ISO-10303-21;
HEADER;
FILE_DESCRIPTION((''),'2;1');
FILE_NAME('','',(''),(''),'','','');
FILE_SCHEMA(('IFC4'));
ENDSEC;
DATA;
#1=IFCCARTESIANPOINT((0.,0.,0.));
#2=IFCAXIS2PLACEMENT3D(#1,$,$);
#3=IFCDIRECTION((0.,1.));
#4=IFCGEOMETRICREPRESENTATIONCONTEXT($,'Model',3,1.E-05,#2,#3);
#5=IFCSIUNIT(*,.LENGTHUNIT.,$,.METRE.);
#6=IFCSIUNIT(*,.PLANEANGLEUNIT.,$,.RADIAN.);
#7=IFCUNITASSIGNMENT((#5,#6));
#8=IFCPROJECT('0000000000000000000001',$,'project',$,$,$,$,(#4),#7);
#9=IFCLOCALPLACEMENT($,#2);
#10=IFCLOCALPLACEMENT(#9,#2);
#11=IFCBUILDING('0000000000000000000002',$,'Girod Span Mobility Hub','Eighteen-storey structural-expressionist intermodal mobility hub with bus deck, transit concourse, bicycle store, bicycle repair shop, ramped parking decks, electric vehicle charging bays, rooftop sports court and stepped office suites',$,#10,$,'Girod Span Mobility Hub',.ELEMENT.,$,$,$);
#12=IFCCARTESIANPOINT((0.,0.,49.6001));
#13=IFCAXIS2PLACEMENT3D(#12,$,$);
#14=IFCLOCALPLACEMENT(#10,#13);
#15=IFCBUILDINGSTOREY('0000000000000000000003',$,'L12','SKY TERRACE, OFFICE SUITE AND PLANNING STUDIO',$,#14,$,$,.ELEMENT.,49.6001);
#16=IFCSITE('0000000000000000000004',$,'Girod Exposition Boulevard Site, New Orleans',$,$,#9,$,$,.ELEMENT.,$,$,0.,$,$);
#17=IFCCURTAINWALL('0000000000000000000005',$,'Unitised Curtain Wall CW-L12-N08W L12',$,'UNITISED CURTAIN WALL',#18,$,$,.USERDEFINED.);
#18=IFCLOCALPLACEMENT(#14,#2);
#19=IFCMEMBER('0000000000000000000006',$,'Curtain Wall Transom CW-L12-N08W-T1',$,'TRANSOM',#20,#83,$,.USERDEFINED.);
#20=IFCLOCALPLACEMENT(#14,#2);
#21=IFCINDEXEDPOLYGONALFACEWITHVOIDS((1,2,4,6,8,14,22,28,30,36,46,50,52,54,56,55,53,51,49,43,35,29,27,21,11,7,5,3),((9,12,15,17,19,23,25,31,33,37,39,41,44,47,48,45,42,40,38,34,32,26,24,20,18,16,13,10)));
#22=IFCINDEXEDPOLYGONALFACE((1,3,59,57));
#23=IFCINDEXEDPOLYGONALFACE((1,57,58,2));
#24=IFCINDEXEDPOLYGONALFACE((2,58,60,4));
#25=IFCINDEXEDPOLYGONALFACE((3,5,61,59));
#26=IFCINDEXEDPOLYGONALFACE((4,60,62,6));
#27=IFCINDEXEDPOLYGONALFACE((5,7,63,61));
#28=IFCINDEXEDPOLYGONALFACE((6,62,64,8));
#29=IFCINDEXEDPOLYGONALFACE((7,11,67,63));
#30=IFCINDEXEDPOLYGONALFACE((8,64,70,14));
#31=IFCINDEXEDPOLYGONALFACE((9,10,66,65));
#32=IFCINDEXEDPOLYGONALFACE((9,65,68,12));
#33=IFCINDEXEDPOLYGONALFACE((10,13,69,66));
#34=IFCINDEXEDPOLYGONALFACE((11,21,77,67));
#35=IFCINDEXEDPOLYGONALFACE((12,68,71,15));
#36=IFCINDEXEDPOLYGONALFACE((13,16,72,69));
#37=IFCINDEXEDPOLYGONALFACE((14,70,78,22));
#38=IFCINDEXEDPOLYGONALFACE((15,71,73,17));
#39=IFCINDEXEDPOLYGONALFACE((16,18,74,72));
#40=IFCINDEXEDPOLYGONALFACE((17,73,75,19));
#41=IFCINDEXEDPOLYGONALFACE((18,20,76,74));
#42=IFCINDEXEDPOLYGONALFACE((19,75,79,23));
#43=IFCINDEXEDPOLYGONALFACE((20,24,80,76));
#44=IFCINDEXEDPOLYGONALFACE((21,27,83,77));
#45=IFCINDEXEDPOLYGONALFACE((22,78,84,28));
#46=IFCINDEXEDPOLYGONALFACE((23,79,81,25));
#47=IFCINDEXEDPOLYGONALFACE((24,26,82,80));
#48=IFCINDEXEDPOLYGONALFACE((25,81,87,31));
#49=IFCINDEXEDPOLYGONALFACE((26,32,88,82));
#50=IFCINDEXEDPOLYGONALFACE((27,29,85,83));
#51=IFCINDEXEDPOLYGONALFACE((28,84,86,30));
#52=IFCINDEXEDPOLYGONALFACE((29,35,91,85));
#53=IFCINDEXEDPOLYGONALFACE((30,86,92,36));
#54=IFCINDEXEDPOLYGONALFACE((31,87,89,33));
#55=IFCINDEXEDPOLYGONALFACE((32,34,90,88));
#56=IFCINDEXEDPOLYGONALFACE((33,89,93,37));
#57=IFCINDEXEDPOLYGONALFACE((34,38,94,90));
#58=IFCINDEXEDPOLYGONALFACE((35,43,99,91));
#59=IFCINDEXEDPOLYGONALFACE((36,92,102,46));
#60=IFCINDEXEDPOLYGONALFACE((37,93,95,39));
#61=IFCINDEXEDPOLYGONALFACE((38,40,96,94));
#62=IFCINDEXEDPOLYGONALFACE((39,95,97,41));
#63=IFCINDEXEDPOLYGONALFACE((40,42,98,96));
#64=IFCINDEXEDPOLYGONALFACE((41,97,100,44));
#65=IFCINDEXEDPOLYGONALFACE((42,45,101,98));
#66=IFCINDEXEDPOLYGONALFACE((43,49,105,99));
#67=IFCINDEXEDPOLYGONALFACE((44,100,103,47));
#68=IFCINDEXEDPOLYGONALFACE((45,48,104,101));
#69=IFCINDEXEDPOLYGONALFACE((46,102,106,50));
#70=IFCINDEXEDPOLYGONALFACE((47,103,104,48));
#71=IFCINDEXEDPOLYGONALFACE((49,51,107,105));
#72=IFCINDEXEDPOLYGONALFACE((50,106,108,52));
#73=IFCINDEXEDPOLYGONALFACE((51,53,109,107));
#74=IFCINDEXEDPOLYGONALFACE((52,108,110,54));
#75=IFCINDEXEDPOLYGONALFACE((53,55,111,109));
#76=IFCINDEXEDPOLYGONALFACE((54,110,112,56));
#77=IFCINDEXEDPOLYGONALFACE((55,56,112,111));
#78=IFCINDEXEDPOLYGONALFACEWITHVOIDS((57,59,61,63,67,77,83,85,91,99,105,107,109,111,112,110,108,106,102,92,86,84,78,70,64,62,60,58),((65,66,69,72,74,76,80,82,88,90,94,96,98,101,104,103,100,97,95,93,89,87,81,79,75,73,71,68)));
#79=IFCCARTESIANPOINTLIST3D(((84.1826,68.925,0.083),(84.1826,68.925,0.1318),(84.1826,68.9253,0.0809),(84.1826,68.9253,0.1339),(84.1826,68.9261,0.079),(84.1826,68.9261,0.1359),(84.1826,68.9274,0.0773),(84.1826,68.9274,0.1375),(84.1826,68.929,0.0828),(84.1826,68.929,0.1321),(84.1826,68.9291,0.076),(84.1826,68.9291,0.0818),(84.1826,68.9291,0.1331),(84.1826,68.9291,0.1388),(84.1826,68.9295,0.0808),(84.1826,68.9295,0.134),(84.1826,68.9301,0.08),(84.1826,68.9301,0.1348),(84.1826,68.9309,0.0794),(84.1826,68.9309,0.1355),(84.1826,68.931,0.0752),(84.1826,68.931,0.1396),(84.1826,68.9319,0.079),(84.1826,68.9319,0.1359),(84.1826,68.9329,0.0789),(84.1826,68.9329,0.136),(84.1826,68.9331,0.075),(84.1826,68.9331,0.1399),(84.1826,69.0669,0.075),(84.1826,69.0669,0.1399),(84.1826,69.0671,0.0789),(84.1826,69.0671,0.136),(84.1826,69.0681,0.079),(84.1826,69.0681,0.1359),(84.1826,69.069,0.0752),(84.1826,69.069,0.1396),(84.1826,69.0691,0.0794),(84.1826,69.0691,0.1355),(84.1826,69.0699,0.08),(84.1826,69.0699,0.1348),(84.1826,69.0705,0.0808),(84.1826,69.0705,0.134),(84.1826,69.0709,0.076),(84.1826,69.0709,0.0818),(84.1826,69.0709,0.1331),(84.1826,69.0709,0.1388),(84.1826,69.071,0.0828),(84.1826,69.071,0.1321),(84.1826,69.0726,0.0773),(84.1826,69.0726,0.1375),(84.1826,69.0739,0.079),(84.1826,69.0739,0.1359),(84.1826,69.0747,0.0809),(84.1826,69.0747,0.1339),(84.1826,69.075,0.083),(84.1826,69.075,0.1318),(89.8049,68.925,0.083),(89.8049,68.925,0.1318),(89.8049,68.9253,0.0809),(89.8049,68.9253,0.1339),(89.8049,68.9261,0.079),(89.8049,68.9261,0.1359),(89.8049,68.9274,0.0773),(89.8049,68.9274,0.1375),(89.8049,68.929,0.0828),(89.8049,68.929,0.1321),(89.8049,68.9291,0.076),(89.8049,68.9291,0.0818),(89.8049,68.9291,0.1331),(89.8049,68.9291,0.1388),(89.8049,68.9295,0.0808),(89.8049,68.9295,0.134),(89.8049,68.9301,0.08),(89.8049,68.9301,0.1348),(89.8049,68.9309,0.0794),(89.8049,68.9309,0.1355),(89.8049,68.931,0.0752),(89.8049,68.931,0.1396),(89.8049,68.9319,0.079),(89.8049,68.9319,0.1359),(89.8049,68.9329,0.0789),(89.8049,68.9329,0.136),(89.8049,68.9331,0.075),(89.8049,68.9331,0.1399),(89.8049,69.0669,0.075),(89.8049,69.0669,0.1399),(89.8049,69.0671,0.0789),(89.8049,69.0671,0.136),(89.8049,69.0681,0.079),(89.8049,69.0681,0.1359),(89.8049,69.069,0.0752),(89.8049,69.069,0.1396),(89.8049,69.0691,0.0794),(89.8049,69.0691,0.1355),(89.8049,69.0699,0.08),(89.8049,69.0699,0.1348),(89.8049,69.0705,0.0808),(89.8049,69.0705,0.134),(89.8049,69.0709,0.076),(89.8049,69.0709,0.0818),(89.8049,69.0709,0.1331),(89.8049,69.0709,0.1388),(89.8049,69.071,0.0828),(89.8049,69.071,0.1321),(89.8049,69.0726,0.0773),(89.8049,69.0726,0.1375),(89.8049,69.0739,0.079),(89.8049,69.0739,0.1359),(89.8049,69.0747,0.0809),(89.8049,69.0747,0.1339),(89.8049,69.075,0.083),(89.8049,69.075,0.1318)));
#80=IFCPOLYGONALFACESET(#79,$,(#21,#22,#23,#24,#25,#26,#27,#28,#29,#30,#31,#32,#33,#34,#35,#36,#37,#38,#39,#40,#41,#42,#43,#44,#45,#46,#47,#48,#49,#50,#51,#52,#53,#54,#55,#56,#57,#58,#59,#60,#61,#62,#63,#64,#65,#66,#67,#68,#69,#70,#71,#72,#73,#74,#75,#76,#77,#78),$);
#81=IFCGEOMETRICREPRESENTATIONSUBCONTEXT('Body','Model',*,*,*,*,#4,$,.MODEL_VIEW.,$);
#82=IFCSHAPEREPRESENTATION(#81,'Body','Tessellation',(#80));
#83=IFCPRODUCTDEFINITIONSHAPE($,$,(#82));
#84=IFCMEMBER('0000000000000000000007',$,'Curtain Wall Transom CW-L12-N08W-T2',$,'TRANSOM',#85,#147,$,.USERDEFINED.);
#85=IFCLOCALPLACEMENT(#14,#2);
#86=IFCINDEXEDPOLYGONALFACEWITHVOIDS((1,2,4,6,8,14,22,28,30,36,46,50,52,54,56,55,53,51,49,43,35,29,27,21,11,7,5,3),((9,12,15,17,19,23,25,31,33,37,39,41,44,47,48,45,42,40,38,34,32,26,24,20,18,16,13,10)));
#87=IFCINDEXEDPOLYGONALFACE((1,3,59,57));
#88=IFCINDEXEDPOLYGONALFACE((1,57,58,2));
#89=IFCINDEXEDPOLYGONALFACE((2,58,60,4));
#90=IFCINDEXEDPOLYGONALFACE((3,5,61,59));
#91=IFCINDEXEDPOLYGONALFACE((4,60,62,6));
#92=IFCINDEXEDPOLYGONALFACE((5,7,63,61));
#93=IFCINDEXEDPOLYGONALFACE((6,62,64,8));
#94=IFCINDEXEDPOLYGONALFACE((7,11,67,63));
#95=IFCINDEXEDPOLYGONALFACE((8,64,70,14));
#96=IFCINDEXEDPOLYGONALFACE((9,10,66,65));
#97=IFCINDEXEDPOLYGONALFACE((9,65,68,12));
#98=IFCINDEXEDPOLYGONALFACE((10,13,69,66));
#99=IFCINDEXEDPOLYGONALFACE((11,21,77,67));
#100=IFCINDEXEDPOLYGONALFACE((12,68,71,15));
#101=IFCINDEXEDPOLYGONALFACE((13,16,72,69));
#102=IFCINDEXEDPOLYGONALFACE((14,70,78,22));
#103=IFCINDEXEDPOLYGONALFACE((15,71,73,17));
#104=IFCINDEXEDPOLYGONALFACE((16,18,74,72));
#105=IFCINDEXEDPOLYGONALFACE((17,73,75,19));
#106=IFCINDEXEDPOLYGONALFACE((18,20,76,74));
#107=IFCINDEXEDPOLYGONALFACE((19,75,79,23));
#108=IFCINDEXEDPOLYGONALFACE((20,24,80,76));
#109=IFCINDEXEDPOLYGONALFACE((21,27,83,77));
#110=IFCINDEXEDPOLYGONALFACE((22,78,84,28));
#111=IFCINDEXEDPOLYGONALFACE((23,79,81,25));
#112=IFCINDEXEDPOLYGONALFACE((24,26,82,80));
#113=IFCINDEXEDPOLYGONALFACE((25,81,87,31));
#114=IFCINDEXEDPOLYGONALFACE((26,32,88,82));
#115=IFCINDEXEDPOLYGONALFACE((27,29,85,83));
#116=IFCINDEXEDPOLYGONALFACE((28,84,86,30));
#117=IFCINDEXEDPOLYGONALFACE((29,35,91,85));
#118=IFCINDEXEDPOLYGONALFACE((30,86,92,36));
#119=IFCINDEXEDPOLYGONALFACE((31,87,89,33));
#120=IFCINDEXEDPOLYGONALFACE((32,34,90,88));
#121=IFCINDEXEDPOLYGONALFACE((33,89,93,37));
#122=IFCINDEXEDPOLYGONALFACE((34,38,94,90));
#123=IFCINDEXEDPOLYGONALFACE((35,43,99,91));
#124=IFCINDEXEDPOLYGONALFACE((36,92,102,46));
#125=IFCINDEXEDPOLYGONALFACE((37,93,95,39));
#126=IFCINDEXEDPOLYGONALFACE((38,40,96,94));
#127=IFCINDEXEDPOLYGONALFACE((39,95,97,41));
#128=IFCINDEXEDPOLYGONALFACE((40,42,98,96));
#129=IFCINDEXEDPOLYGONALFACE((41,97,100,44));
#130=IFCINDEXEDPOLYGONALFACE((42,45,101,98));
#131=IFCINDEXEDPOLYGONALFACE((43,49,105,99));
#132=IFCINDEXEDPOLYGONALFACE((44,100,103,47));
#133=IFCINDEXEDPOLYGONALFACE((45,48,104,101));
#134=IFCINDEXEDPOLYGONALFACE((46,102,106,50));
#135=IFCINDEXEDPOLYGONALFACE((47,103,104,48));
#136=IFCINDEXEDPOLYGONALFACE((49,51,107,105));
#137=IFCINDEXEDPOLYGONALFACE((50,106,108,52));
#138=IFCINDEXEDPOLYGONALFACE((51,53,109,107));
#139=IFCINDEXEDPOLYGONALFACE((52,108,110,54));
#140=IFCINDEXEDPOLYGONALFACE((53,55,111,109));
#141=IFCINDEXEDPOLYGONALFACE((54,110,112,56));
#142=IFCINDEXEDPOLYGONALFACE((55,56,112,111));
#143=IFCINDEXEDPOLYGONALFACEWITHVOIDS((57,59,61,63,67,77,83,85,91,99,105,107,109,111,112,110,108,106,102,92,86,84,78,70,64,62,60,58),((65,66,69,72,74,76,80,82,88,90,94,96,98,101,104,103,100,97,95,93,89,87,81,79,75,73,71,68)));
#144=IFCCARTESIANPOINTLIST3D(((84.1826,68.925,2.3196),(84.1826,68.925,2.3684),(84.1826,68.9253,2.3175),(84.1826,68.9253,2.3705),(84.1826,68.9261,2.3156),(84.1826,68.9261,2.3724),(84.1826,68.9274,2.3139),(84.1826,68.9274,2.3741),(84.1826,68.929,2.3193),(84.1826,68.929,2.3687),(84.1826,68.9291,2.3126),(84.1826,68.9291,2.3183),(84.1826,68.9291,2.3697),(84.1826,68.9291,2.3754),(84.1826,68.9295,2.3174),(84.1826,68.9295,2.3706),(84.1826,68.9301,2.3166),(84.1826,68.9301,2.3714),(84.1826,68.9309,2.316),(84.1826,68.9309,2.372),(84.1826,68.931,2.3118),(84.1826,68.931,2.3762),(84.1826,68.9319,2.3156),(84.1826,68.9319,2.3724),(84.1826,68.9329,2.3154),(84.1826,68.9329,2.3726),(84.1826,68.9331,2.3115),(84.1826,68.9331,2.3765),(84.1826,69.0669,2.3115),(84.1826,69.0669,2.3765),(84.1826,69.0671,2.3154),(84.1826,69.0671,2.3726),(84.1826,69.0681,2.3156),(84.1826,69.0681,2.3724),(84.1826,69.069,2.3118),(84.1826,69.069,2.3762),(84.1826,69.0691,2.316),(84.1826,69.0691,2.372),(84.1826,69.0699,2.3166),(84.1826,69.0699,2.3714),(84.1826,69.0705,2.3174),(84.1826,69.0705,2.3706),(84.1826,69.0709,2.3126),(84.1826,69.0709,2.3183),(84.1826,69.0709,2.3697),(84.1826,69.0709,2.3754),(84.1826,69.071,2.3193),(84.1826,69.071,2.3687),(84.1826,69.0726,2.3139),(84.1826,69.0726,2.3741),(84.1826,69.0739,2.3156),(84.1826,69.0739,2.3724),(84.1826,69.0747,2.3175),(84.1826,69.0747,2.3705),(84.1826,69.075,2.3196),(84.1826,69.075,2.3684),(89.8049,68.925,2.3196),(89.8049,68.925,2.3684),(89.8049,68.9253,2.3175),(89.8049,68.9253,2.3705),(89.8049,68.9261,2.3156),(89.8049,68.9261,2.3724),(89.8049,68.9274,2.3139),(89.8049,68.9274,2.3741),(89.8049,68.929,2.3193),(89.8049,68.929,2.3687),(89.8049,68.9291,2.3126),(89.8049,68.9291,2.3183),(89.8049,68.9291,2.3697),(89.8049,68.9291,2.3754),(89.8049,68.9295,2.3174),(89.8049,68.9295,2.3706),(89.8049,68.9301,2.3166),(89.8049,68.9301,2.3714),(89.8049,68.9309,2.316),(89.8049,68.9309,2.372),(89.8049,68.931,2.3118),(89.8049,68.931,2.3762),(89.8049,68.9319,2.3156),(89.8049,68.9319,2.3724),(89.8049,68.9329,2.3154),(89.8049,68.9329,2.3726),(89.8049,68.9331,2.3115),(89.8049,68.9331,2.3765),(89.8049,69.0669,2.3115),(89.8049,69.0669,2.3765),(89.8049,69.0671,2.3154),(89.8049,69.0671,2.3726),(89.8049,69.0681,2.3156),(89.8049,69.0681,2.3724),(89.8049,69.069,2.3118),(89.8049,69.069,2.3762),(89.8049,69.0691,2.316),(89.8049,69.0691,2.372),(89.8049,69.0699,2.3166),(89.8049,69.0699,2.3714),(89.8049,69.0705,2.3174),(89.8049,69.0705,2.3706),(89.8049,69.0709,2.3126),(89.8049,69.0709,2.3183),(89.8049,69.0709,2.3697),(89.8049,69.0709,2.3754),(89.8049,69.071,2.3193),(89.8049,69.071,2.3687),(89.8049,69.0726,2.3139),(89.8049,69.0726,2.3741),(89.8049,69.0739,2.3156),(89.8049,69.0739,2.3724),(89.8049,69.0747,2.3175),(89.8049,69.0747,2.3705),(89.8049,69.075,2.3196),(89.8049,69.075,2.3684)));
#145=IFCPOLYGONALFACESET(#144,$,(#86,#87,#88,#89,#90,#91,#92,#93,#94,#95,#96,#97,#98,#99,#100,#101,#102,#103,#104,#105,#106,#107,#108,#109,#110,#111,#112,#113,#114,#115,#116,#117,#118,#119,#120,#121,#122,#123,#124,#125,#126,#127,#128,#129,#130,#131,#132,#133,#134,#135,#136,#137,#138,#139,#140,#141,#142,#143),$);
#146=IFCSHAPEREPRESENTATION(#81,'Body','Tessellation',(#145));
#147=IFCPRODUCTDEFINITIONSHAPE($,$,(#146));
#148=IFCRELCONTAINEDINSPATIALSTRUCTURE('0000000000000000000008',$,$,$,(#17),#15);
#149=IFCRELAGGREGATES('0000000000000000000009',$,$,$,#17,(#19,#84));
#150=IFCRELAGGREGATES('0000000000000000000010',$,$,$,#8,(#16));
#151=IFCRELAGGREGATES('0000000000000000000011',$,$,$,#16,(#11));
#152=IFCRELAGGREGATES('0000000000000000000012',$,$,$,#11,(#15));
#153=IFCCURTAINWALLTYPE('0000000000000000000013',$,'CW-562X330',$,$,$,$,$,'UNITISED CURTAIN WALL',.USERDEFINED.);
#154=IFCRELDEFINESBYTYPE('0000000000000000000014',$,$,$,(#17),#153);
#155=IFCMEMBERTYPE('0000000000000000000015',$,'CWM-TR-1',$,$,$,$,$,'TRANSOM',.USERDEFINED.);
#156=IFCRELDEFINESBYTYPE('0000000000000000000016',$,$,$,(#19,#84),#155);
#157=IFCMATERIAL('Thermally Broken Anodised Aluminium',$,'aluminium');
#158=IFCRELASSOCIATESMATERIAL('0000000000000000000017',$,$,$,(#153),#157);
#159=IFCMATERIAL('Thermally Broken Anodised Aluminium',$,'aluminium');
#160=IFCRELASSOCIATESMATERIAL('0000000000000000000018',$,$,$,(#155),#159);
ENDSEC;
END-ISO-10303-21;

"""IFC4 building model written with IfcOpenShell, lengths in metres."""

from ifc_helpers import new_model, si_unit, direction, frame, origin, origin_2d, place, context, subcontext, project, spatial, hollow_rectangle, extrude, material, material_profile, profile_set, type_object, element, aggregate, save


model = new_model("IFC4")

# Units and contexts
model_context = context("Model", 3, precision=1e-05, world=origin(), true_north=direction((0.0, 1.0)))
body_context = subcontext(model_context, "Body", "Model", "MODEL_VIEW")
ifc_project = project(units=[si_unit("LENGTHUNIT", "METRE"), si_unit("PLANEANGLEUNIT", "RADIAN")], contexts=[model_context])

# Site, building, storey
site_placement = place(None, origin())
site = spatial("IfcSite", under=ifc_project, at=site_placement, Name="Girod Exposition Boulevard Site, New Orleans", CompositionType="ELEMENT", RefElevation=0.0)
building_placement = place(site_placement, origin())
building = spatial("IfcBuilding", under=site, at=building_placement, Name="Girod Span Mobility Hub", Description="Eighteen-storey structural-expressionist intermodal mobility hub with bus deck, transit concourse, bicycle store, bicycle repair shop, ramped parking decks, electric vehicle charging bays, rooftop sports court and stepped office suites", LongName="Girod Span Mobility Hub", CompositionType="ELEMENT")
storey_placement = place(building_placement, frame((0.0, 0.0, 49.6001)))
storey = spatial("IfcBuildingStorey", under=building, at=storey_placement, Name="L12", Description="SKY TERRACE, OFFICE SUITE AND PLANNING STUDIO", CompositionType="ELEMENT", Elevation=49.6001)

# Curtain wall
ifc_material_1 = material(Name="Thermally Broken Anodised Aluminium", Category="aluminium")
curtain_wall_type = type_object("IfcCurtainWallType", Name="CW-562X330", ElementType="UNITISED CURTAIN WALL", PredefinedType="USERDEFINED", material=ifc_material_1)
curtain_wall_1_placement = place(storey_placement, origin())
curtain_wall_1 = element("IfcCurtainWall", 1, at=curtain_wall_1_placement, inside=storey, type_object=curtain_wall_type, Name="Unitised Curtain Wall CW-L12-N08W L12", ObjectType="UNITISED CURTAIN WALL", PredefinedType="USERDEFINED")

# Members
ifc_material_2 = material(Name="Thermally Broken Anodised Aluminium", Category="aluminium")
ifc_material_profile_1 = material_profile(ifc_material_2, hollow_rectangle(XDim=0.1499, YDim=0.0649, WallThickness=0.0039, InnerFilletRadius=0.0039, OuterFilletRadius=0.0081, at=origin_2d()), Name="CW-TR-65X150")
ifc_profile_set_1 = profile_set([ifc_material_profile_1], Name="Thermally Broken Anodised Aluminium")
member_type_1 = type_object("IfcMemberType", Name="CWM-TR-1", ElementType="TRANSOM", PredefinedType="USERDEFINED", material=ifc_profile_set_1)
member_1_placement = place(storey_placement, frame((84.1826, 69.0, 0.1074), z_axis=(1.0, 0.0, 0.0), x_axis=(0.0, 1.0, 0.0)))
member_1 = element("IfcMember", 2, at=member_1_placement, type_object=member_type_1, Name="Curtain Wall Transom CW-L12-N08W-T1", ObjectType="TRANSOM", PredefinedType="USERDEFINED", context=body_context, shape_type="SweptSolid", body=[
    extrude(hollow_rectangle(XDim=0.1499, YDim=0.0649, WallThickness=0.0039, InnerFilletRadius=0.0039, OuterFilletRadius=0.0081, at=origin_2d()), origin(), (0.0, 0.0, 1.0), 5.6223),
])
member_2_placement = place(storey_placement, frame((84.1826, 69.0, 2.344), z_axis=(1.0, 0.0, 0.0), x_axis=(0.0, 1.0, 0.0)))
member_2 = element("IfcMember", 3, at=member_2_placement, type_object=member_type_1, Name="Curtain Wall Transom CW-L12-N08W-T2", ObjectType="TRANSOM", PredefinedType="USERDEFINED", context=body_context, shape_type="SweptSolid", body=[
    extrude(hollow_rectangle(XDim=0.1499, YDim=0.0649, WallThickness=0.0039, InnerFilletRadius=0.0039, OuterFilletRadius=0.0081, at=origin_2d()), origin(), (0.0, 0.0, 1.0), 5.6223),
])

aggregate(curtain_wall_1, [member_1, member_2])

save(model, "model.ifc")
